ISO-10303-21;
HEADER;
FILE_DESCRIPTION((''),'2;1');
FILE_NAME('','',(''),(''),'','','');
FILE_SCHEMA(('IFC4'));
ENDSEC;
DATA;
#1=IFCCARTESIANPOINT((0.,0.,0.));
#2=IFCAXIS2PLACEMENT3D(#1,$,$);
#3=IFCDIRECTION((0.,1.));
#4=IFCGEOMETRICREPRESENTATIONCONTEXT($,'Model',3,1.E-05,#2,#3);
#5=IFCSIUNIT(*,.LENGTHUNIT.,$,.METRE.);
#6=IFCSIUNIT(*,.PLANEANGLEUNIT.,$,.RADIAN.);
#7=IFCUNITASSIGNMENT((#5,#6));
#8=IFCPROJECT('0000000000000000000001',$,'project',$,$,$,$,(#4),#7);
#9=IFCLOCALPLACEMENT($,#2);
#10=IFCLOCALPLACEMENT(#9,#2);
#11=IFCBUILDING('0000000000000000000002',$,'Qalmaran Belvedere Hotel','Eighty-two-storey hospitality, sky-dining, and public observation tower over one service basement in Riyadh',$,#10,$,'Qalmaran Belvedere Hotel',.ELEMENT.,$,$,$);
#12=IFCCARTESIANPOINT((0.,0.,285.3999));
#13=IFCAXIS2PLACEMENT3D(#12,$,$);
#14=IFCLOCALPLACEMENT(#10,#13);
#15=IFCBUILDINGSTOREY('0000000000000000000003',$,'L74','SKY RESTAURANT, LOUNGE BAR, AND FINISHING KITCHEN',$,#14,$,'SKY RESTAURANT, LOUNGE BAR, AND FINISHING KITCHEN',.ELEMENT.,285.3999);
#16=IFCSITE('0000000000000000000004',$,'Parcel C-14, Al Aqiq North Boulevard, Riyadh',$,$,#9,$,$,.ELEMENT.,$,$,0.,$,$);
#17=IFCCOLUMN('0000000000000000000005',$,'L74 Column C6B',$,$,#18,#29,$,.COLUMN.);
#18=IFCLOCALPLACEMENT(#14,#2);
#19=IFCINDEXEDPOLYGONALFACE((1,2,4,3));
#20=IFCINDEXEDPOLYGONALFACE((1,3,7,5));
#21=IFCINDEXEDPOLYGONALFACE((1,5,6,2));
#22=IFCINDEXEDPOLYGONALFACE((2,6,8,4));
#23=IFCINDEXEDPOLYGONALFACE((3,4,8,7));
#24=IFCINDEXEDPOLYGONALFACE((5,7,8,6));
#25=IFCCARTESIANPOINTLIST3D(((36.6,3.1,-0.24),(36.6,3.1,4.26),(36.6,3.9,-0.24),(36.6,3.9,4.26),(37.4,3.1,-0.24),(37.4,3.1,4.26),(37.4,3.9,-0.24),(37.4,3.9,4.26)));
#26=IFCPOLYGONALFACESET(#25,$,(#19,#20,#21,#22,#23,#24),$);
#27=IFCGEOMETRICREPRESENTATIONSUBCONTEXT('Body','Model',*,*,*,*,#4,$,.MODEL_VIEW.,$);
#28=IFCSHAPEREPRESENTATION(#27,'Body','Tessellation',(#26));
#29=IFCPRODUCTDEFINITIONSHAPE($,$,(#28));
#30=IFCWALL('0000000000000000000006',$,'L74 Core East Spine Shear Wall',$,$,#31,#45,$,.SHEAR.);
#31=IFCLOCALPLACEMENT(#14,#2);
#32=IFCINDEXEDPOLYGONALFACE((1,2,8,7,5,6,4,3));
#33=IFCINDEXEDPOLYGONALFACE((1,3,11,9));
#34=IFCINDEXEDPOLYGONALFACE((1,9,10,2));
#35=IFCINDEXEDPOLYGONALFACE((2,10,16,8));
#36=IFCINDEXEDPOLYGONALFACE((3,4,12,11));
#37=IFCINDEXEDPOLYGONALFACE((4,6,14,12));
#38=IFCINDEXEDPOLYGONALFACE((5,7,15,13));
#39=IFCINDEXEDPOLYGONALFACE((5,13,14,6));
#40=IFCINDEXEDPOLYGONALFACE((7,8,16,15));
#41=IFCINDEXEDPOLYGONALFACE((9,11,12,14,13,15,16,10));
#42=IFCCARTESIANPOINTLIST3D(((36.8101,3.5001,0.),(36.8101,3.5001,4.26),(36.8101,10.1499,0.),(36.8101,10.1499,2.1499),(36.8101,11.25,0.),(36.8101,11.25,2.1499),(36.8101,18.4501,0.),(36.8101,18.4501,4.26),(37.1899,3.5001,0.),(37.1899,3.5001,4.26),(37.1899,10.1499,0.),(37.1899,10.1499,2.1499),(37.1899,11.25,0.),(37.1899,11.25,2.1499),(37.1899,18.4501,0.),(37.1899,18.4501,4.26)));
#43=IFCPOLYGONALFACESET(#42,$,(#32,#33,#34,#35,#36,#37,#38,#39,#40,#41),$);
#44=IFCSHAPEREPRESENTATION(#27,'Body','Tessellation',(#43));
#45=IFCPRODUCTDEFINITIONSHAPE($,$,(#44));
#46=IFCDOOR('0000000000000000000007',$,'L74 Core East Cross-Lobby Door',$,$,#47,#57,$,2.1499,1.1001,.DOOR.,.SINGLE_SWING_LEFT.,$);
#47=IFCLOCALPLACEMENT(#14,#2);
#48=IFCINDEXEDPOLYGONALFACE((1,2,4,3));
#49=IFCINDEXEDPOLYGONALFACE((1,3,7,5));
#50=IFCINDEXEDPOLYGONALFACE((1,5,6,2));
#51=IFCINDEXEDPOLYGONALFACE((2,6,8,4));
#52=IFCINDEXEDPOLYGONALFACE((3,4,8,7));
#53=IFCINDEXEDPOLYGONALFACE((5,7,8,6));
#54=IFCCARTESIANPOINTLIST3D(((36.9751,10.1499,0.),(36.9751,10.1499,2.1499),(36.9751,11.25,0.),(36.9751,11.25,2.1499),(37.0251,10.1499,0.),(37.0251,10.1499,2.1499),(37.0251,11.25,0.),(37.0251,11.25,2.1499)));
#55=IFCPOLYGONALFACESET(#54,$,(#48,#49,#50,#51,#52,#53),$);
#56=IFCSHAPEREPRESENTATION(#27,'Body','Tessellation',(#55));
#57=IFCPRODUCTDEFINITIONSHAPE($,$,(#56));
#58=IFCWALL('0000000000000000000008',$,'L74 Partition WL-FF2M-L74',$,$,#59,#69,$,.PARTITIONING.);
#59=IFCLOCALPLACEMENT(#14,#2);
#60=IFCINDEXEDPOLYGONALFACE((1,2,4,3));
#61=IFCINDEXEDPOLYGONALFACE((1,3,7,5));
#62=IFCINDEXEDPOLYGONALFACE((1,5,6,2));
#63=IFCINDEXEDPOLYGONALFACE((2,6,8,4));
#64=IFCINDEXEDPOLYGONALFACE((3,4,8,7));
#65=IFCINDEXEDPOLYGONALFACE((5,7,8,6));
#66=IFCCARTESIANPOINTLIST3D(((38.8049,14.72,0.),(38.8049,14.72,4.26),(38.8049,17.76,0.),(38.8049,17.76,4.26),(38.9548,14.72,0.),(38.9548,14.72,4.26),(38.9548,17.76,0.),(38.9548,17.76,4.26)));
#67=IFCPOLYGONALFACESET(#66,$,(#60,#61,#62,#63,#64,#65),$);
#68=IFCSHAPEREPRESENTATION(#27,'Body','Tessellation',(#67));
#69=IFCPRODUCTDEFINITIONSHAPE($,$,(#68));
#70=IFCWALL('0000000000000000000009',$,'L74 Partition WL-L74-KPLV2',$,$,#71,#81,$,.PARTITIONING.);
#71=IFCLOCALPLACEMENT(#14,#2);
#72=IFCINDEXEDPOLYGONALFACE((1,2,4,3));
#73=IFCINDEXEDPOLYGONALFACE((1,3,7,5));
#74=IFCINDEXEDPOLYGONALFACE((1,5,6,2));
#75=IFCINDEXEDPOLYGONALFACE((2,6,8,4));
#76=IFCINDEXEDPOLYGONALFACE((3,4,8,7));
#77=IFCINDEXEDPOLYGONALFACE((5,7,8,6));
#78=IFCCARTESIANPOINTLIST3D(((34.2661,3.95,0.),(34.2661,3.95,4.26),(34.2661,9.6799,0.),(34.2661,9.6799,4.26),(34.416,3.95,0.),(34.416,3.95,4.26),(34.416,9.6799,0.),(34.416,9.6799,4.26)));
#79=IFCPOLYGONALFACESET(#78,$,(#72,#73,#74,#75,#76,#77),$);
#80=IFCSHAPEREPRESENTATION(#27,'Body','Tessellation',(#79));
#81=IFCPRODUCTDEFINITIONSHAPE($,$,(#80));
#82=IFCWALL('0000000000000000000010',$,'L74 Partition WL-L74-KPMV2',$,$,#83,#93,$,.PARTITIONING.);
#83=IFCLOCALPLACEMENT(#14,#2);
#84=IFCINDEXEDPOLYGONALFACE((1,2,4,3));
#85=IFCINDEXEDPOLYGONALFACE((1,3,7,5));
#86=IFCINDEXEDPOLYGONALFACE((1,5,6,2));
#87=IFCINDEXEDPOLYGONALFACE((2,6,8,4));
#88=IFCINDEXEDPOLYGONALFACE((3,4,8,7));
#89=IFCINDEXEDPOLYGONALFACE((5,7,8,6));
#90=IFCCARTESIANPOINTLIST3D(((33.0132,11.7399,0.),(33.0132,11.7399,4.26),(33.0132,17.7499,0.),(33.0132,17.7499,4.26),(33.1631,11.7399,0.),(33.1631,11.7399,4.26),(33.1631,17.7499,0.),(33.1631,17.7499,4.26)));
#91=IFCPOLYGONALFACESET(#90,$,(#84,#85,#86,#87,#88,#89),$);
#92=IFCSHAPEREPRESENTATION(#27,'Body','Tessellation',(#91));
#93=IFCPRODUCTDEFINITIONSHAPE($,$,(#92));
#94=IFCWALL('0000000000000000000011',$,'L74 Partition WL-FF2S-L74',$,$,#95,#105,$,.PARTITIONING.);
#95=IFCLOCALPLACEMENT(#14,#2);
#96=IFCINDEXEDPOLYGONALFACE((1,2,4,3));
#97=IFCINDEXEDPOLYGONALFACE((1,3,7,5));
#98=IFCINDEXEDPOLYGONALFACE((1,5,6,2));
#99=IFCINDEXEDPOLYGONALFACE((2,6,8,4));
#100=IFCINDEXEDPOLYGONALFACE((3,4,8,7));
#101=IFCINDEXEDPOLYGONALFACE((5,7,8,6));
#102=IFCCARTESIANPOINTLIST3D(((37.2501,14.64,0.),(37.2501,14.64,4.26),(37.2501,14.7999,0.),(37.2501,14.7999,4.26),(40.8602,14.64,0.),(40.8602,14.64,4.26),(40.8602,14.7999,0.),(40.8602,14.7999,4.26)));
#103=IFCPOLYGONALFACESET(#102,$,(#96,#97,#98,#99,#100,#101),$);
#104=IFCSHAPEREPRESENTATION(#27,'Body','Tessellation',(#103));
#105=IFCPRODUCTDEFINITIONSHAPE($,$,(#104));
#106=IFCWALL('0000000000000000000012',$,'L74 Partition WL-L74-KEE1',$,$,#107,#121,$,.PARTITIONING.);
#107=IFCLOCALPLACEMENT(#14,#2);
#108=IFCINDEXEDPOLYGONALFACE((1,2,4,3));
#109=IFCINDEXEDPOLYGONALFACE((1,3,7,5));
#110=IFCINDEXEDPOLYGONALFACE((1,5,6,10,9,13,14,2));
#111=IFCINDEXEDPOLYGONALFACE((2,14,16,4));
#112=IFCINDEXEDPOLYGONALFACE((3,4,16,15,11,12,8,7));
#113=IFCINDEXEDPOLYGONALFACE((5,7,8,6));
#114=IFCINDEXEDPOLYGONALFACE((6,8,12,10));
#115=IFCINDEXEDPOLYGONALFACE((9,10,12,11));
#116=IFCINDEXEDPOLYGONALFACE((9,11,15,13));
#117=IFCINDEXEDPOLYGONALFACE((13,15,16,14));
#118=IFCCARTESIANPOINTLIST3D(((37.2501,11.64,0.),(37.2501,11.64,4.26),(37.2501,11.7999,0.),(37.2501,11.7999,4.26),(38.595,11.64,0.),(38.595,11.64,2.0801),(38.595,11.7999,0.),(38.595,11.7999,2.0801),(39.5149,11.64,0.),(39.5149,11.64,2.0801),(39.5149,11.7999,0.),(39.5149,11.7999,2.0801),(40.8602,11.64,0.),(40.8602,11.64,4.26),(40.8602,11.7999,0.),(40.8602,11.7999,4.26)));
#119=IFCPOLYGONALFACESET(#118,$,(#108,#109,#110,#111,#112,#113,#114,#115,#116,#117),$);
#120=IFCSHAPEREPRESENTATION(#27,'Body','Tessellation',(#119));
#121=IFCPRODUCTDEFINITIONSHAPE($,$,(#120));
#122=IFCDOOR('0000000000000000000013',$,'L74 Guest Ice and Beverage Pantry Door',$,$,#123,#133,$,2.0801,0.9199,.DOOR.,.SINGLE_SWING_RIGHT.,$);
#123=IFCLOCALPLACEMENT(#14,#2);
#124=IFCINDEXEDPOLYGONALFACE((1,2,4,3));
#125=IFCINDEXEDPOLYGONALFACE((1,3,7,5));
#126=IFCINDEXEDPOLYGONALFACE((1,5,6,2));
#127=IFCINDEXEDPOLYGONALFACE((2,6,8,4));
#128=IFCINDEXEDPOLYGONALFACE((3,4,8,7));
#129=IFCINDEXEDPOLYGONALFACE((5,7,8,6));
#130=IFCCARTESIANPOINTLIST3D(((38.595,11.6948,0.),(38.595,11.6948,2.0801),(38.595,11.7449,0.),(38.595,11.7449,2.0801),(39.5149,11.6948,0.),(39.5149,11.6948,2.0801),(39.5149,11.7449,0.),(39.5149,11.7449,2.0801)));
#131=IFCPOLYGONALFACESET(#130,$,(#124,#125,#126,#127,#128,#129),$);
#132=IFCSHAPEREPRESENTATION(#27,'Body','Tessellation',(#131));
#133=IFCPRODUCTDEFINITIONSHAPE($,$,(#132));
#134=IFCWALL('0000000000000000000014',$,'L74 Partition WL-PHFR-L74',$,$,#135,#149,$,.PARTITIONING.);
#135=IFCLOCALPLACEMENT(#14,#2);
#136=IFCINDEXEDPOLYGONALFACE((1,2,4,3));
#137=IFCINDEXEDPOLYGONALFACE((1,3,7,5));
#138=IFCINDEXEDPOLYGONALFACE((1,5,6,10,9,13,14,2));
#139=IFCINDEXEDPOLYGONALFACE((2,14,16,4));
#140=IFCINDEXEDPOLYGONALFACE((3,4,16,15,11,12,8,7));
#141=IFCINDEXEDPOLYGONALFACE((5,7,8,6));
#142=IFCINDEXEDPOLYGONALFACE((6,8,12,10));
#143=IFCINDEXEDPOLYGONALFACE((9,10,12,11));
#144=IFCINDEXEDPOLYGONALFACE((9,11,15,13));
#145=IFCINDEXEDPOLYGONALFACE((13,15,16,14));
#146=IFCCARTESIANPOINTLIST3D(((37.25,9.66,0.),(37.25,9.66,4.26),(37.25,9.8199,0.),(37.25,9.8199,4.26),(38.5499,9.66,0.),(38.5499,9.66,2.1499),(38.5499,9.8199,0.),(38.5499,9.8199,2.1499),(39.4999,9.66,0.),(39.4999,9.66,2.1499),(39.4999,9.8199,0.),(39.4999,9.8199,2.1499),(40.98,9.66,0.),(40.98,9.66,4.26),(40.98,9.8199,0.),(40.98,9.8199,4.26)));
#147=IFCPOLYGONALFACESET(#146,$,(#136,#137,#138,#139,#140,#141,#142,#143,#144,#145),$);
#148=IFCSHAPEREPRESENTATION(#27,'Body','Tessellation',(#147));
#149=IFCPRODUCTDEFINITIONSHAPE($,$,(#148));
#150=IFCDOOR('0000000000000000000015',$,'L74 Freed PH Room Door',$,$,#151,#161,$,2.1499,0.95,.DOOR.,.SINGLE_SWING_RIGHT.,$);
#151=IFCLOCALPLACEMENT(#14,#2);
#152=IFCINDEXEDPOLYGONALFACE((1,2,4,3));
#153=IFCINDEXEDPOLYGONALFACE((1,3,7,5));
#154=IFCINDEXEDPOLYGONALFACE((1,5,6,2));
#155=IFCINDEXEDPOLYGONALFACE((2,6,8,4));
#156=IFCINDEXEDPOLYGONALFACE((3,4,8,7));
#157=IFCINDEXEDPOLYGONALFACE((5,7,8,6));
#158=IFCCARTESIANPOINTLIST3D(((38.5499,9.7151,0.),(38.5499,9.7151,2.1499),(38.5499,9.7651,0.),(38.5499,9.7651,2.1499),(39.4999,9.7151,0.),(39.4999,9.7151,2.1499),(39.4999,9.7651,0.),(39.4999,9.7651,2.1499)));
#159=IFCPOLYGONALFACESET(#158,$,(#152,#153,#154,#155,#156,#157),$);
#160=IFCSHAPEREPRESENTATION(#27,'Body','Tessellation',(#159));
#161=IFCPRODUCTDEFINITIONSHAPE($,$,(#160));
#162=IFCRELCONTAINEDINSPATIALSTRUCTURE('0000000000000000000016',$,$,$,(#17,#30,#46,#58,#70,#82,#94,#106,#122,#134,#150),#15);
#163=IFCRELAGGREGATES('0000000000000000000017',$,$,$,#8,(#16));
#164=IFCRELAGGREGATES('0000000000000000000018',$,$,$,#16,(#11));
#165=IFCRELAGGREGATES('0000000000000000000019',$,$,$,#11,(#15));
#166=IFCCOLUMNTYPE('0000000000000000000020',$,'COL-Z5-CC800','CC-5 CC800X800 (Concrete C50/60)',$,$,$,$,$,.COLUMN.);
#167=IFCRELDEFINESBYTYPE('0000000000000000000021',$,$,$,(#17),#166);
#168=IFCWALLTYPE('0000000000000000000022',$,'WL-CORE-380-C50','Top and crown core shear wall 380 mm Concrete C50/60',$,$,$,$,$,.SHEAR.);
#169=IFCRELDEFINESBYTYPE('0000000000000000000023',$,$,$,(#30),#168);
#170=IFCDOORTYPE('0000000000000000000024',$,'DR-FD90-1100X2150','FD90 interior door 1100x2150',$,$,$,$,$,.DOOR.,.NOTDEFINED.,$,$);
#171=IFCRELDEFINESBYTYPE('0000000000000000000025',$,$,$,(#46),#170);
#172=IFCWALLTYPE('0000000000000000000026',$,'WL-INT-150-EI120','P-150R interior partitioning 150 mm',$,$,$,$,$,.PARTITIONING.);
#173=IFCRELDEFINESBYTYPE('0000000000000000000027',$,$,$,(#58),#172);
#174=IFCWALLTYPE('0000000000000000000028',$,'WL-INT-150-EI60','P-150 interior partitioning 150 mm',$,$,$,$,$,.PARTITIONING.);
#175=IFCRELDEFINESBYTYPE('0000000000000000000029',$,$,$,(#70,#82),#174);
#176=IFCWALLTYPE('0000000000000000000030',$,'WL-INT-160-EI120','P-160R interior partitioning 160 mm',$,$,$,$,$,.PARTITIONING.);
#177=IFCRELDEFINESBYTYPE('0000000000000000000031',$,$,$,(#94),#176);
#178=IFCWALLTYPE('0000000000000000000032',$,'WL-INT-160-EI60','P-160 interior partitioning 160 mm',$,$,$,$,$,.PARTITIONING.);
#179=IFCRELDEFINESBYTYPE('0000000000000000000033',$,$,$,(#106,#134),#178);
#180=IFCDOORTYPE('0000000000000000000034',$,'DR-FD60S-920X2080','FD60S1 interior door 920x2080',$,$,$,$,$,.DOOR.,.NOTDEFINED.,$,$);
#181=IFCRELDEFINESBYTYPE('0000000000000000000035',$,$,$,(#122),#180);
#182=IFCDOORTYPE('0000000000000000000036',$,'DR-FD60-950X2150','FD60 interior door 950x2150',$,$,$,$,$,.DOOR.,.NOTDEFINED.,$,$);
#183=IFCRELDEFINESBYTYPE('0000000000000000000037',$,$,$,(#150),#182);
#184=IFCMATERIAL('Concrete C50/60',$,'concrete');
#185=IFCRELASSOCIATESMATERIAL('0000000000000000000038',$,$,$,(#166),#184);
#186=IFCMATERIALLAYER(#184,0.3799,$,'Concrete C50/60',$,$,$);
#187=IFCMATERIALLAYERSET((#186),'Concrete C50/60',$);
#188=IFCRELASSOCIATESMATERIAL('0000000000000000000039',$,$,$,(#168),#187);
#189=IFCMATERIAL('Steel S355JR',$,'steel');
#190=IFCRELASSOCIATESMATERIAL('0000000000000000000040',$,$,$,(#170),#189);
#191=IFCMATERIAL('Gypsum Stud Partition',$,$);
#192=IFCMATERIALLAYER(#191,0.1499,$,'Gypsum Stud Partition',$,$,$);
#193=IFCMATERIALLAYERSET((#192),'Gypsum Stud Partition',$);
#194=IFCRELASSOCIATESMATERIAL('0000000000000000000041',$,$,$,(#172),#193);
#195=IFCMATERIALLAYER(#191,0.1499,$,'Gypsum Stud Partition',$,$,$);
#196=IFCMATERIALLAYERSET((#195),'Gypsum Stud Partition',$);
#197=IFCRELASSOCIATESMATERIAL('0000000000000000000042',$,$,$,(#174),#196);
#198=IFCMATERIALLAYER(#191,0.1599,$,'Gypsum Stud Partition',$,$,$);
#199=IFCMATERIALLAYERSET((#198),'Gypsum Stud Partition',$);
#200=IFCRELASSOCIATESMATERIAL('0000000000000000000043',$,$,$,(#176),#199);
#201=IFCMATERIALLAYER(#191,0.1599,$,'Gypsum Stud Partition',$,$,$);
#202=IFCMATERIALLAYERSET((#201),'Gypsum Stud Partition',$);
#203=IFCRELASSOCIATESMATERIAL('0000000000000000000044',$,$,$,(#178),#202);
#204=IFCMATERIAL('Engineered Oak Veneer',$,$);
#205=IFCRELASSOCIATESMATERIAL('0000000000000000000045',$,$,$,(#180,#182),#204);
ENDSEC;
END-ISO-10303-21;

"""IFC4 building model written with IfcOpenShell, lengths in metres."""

from ifc_helpers import new_model, si_unit, direction, frame, frame_2d, origin, origin_2d, place, context, subcontext, project, spatial, rectangle, extrude, material, layer, layer_set, material_profile, profile_set, type_object, element, fill, save


model = new_model("IFC4")

# Units and contexts
model_context = context("Model", 3, precision=1e-05, world=origin(), true_north=direction((0.0, 1.0)))
body_context = subcontext(model_context, "Body", "Model", "MODEL_VIEW")
ifc_project = project(units=[si_unit("LENGTHUNIT", "METRE"), si_unit("PLANEANGLEUNIT", "RADIAN")], contexts=[model_context])

# Site, building, storey
site_placement = place(None, origin())
site = spatial("IfcSite", under=ifc_project, at=site_placement, Name="Parcel C-14, Al Aqiq North Boulevard, Riyadh", CompositionType="ELEMENT", RefElevation=0.0)
building_placement = place(site_placement, origin())
building = spatial("IfcBuilding", under=site, at=building_placement, Name="Qalmaran Belvedere Hotel", Description="Eighty-two-storey hospitality, sky-dining, and public observation tower over one service basement in Riyadh", LongName="Qalmaran Belvedere Hotel", CompositionType="ELEMENT")
storey_placement = place(building_placement, frame((0.0, 0.0, 285.3999)))
storey = spatial("IfcBuildingStorey", under=building, at=storey_placement, Name="L74", Description="SKY RESTAURANT, LOUNGE BAR, AND FINISHING KITCHEN", LongName="SKY RESTAURANT, LOUNGE BAR, AND FINISHING KITCHEN", CompositionType="ELEMENT", Elevation=285.3999)

# Column
ifc_material_1 = material(Name="Concrete C50/60", Category="concrete")
ifc_material_profile = material_profile(ifc_material_1, rectangle(XDim=0.8, YDim=0.8, at=origin_2d()), Name="CC800X800")
ifc_profile_set = profile_set([ifc_material_profile], Name="Concrete C50/60")
column_type = type_object("IfcColumnType", Name="COL-Z5-CC800", Description="CC-5 CC800X800 (Concrete C50/60)", PredefinedType="COLUMN", material=ifc_profile_set)
column_placement = place(storey_placement, frame((37.0, 3.5, -0.24), z_axis=(0.0, 0.0, 1.0), x_axis=(1.0, 0.0, 0.0)))
element("IfcColumn", 1, at=column_placement, inside=storey, type_object=column_type, Name="L74 Column C6B", PredefinedType="COLUMN", context=body_context, shape_type="SweptSolid", body=[
    extrude(rectangle(XDim=0.8, YDim=0.8, at=origin_2d()), origin(), (0.0, 0.0, 1.0), 4.5),
])

# Wall, opening, door
ifc_layer_1 = layer(ifc_material_1, 0.3799, Name="Concrete C50/60")
ifc_layer_set_1 = layer_set([ifc_layer_1], Name="Concrete C50/60")
wall_type_1 = type_object("IfcWallType", Name="WL-CORE-380-C50", Description="Top and crown core shear wall 380 mm Concrete C50/60", PredefinedType="SHEAR", material=ifc_layer_set_1)
wall_1_placement = place(storey_placement, frame((37.0, 3.5, 0.0), z_axis=(0.0, 0.0, 1.0), x_axis=(0.0, 1.0, 0.0)))
wall_1 = element("IfcWall", 2, at=wall_1_placement, inside=storey, type_object=wall_type_1, Name="L74 Core East Spine Shear Wall", PredefinedType="SHEAR", context=body_context, shape_type="SweptSolid", body=[
    extrude(rectangle(XDim=14.95, YDim=0.3799, at=frame_2d((7.4751, 0.0))), origin(), (0.0, 0.0, 1.0), 4.26),
])
opening_1_placement = place(wall_1_placement, frame((6.6499, 0.0, 0.0)))
opening_1 = element("IfcOpeningElement", 3, at=opening_1_placement, cuts=wall_1, PredefinedType="OPENING", context=body_context, shape_type="SweptSolid", body=[
    extrude(rectangle(XDim=1.1001, YDim=2.1499, at=frame_2d((0.55, 1.075))), frame((0.0, 0.2, 0.0), z_axis=(0.0, -1.0, 0.0), x_axis=(1.0, 0.0, 0.0)), (0.0, 0.0, 1.0), 0.3999),
])
ifc_material_2 = material(Name="Steel S355JR", Category="steel")
door_type_1 = type_object("IfcDoorType", Name="DR-FD90-1100X2150", Description="FD90 interior door 1100x2150", OperationType="NOTDEFINED", PredefinedType="DOOR", material=ifc_material_2)
door_1_placement = place(opening_1_placement, origin())
door_1 = element("IfcDoor", 4, at=door_1_placement, inside=storey, type_object=door_type_1, Name="L74 Core East Cross-Lobby Door", OperationType="SINGLE_SWING_LEFT", OverallHeight=2.1499, OverallWidth=1.1001, PredefinedType="DOOR", context=body_context, shape_type="SweptSolid", body=[
    extrude(rectangle(XDim=1.1001, YDim=2.1499, at=frame_2d((0.55, 1.075))), frame((0.0, 0.0249, 0.0), z_axis=(0.0, -1.0, 0.0), x_axis=(1.0, 0.0, 0.0)), (0.0, 0.0, 1.0), 0.05),
])
fill(opening_1, door_1)

# Walls
ifc_material_3 = material(Name="Gypsum Stud Partition")
ifc_layer_2 = layer(ifc_material_3, 0.1499, Name="Gypsum Stud Partition")
ifc_layer_set_2 = layer_set([ifc_layer_2], Name="Gypsum Stud Partition")
wall_type_2 = type_object("IfcWallType", Name="WL-INT-150-EI120", Description="P-150R interior partitioning 150 mm", PredefinedType="PARTITIONING", material=ifc_layer_set_2)
wall_2_placement = place(storey_placement, frame((38.8799, 14.72, 0.0), z_axis=(0.0, 0.0, 1.0), x_axis=(0.0, 1.0, 0.0)))
element("IfcWall", 5, at=wall_2_placement, inside=storey, type_object=wall_type_2, Name="L74 Partition WL-FF2M-L74", PredefinedType="PARTITIONING", context=body_context, shape_type="SweptSolid", body=[
    extrude(rectangle(XDim=3.04, YDim=0.1499, at=frame_2d((1.52, 0.0))), origin(), (0.0, 0.0, 1.0), 4.26),
])
ifc_layer_3 = layer(ifc_material_3, 0.1499, Name="Gypsum Stud Partition")
ifc_layer_set_3 = layer_set([ifc_layer_3], Name="Gypsum Stud Partition")
wall_type_3 = type_object("IfcWallType", Name="WL-INT-150-EI60", Description="P-150 interior partitioning 150 mm", PredefinedType="PARTITIONING", material=ifc_layer_set_3)
wall_3_placement = place(storey_placement, frame((34.3411, 3.95, 0.0), z_axis=(0.0, 0.0, 1.0), x_axis=(0.0, 1.0, 0.0)))
element("IfcWall", 6, at=wall_3_placement, inside=storey, type_object=wall_type_3, Name="L74 Partition WL-L74-KPLV2", PredefinedType="PARTITIONING", context=body_context, shape_type="SweptSolid", body=[
    extrude(rectangle(XDim=5.73, YDim=0.1499, at=frame_2d((2.865, 0.0))), origin(), (0.0, 0.0, 1.0), 4.26),
])
wall_4_placement = place(storey_placement, frame((33.0881, 11.74, 0.0), z_axis=(0.0, 0.0, 1.0), x_axis=(0.0, 1.0, 0.0)))
element("IfcWall", 7, at=wall_4_placement, inside=storey, type_object=wall_type_3, Name="L74 Partition WL-L74-KPMV2", PredefinedType="PARTITIONING", context=body_context, shape_type="SweptSolid", body=[
    extrude(rectangle(XDim=6.01, YDim=0.1499, at=frame_2d((3.0049, 0.0))), origin(), (0.0, 0.0, 1.0), 4.26),
])
ifc_layer_4 = layer(ifc_material_3, 0.1599, Name="Gypsum Stud Partition")
ifc_layer_set_4 = layer_set([ifc_layer_4], Name="Gypsum Stud Partition")
wall_type_4 = type_object("IfcWallType", Name="WL-INT-160-EI120", Description="P-160R interior partitioning 160 mm", PredefinedType="PARTITIONING", material=ifc_layer_set_4)
wall_5_placement = place(storey_placement, frame((37.25, 14.72, 0.0), z_axis=(0.0, 0.0, 1.0), x_axis=(1.0, 0.0, 0.0)))
element("IfcWall", 8, at=wall_5_placement, inside=storey, type_object=wall_type_4, Name="L74 Partition WL-FF2S-L74", PredefinedType="PARTITIONING", context=body_context, shape_type="SweptSolid", body=[
    extrude(rectangle(XDim=3.6101, YDim=0.1599, at=frame_2d((1.8052, 0.0))), origin(), (0.0, 0.0, 1.0), 4.26),
])

# Walls, openings, doors
ifc_layer_5 = layer(ifc_material_3, 0.1599, Name="Gypsum Stud Partition")
ifc_layer_set_5 = layer_set([ifc_layer_5], Name="Gypsum Stud Partition")
wall_type_5 = type_object("IfcWallType", Name="WL-INT-160-EI60", Description="P-160 interior partitioning 160 mm", PredefinedType="PARTITIONING", material=ifc_layer_set_5)
wall_6_placement = place(storey_placement, frame((37.25, 11.72, 0.0), z_axis=(0.0, 0.0, 1.0), x_axis=(1.0, 0.0, 0.0)))
wall_6 = element("IfcWall", 9, at=wall_6_placement, inside=storey, type_object=wall_type_5, Name="L74 Partition WL-L74-KEE1", PredefinedType="PARTITIONING", context=body_context, shape_type="SweptSolid", body=[
    extrude(rectangle(XDim=3.6101, YDim=0.1599, at=frame_2d((1.8052, 0.0))), origin(), (0.0, 0.0, 1.0), 4.26),
])
opening_2_placement = place(wall_6_placement, frame((1.345, 0.0, 0.0)))
opening_2 = element("IfcOpeningElement", 10, at=opening_2_placement, cuts=wall_6, PredefinedType="OPENING", context=body_context, shape_type="SweptSolid", body=[
    extrude(rectangle(XDim=0.9199, YDim=2.0801, at=frame_2d((0.46, 1.04))), frame((0.0, 0.0898, 0.0), z_axis=(0.0, -1.0, 0.0), x_axis=(1.0, 0.0, 0.0)), (0.0, 0.0, 1.0), 0.1799),
])
ifc_material_4 = material(Name="Engineered Oak Veneer")
door_type_2 = type_object("IfcDoorType", Name="DR-FD60S-920X2080", Description="FD60S1 interior door 920x2080", OperationType="NOTDEFINED", PredefinedType="DOOR", material=ifc_material_4)
door_2_placement = place(opening_2_placement, origin())
door_2 = element("IfcDoor", 11, at=door_2_placement, inside=storey, type_object=door_type_2, Name="L74 Guest Ice and Beverage Pantry Door", OperationType="SINGLE_SWING_RIGHT", OverallHeight=2.0801, OverallWidth=0.9199, PredefinedType="DOOR", context=body_context, shape_type="SweptSolid", body=[
    extrude(rectangle(XDim=0.9199, YDim=2.0801, at=frame_2d((0.46, 1.04))), frame((0.0, 0.0249, 0.0), z_axis=(0.0, -1.0, 0.0), x_axis=(1.0, 0.0, 0.0)), (0.0, 0.0, 1.0), 0.05),
])
fill(opening_2, door_2)
wall_7_placement = place(storey_placement, frame((37.25, 9.74, 0.0), z_axis=(0.0, 0.0, 1.0), x_axis=(1.0, 0.0, 0.0)))
wall_7 = element("IfcWall", 12, at=wall_7_placement, inside=storey, type_object=wall_type_5, Name="L74 Partition WL-PHFR-L74", PredefinedType="PARTITIONING", context=body_context, shape_type="SweptSolid", body=[
    extrude(rectangle(XDim=3.73, YDim=0.1599, at=frame_2d((1.865, 0.0))), origin(), (0.0, 0.0, 1.0), 4.26),
])
opening_3_placement = place(wall_7_placement, frame((2.25, 0.0, 0.0), z_axis=(0.0, 0.0, 1.0), x_axis=(-1.0, 0.0, 0.0)))
opening_3 = element("IfcOpeningElement", 13, at=opening_3_placement, cuts=wall_7, PredefinedType="OPENING", context=body_context, shape_type="SweptSolid", body=[
    extrude(rectangle(XDim=0.95, YDim=2.1499, at=frame_2d((0.4751, 1.075))), frame((0.0, 0.0898, 0.0), z_axis=(0.0, -1.0, 0.0), x_axis=(1.0, 0.0, 0.0)), (0.0, 0.0, 1.0), 0.1799),
])
door_type_3 = type_object("IfcDoorType", Name="DR-FD60-950X2150", Description="FD60 interior door 950x2150", OperationType="NOTDEFINED", PredefinedType="DOOR", material=ifc_material_4)
door_3_placement = place(opening_3_placement, origin())
door_3 = element("IfcDoor", 14, at=door_3_placement, inside=storey, type_object=door_type_3, Name="L74 Freed PH Room Door", OperationType="SINGLE_SWING_RIGHT", OverallHeight=2.1499, OverallWidth=0.95, PredefinedType="DOOR", context=body_context, shape_type="SweptSolid", body=[
    extrude(rectangle(XDim=0.95, YDim=2.1499, at=frame_2d((0.4751, 1.075))), frame((0.0, 0.0249, 0.0), z_axis=(0.0, -1.0, 0.0), x_axis=(1.0, 0.0, 0.0)), (0.0, 0.0, 1.0), 0.05),
])
fill(opening_3, door_3)

save(model, "model.ifc")
